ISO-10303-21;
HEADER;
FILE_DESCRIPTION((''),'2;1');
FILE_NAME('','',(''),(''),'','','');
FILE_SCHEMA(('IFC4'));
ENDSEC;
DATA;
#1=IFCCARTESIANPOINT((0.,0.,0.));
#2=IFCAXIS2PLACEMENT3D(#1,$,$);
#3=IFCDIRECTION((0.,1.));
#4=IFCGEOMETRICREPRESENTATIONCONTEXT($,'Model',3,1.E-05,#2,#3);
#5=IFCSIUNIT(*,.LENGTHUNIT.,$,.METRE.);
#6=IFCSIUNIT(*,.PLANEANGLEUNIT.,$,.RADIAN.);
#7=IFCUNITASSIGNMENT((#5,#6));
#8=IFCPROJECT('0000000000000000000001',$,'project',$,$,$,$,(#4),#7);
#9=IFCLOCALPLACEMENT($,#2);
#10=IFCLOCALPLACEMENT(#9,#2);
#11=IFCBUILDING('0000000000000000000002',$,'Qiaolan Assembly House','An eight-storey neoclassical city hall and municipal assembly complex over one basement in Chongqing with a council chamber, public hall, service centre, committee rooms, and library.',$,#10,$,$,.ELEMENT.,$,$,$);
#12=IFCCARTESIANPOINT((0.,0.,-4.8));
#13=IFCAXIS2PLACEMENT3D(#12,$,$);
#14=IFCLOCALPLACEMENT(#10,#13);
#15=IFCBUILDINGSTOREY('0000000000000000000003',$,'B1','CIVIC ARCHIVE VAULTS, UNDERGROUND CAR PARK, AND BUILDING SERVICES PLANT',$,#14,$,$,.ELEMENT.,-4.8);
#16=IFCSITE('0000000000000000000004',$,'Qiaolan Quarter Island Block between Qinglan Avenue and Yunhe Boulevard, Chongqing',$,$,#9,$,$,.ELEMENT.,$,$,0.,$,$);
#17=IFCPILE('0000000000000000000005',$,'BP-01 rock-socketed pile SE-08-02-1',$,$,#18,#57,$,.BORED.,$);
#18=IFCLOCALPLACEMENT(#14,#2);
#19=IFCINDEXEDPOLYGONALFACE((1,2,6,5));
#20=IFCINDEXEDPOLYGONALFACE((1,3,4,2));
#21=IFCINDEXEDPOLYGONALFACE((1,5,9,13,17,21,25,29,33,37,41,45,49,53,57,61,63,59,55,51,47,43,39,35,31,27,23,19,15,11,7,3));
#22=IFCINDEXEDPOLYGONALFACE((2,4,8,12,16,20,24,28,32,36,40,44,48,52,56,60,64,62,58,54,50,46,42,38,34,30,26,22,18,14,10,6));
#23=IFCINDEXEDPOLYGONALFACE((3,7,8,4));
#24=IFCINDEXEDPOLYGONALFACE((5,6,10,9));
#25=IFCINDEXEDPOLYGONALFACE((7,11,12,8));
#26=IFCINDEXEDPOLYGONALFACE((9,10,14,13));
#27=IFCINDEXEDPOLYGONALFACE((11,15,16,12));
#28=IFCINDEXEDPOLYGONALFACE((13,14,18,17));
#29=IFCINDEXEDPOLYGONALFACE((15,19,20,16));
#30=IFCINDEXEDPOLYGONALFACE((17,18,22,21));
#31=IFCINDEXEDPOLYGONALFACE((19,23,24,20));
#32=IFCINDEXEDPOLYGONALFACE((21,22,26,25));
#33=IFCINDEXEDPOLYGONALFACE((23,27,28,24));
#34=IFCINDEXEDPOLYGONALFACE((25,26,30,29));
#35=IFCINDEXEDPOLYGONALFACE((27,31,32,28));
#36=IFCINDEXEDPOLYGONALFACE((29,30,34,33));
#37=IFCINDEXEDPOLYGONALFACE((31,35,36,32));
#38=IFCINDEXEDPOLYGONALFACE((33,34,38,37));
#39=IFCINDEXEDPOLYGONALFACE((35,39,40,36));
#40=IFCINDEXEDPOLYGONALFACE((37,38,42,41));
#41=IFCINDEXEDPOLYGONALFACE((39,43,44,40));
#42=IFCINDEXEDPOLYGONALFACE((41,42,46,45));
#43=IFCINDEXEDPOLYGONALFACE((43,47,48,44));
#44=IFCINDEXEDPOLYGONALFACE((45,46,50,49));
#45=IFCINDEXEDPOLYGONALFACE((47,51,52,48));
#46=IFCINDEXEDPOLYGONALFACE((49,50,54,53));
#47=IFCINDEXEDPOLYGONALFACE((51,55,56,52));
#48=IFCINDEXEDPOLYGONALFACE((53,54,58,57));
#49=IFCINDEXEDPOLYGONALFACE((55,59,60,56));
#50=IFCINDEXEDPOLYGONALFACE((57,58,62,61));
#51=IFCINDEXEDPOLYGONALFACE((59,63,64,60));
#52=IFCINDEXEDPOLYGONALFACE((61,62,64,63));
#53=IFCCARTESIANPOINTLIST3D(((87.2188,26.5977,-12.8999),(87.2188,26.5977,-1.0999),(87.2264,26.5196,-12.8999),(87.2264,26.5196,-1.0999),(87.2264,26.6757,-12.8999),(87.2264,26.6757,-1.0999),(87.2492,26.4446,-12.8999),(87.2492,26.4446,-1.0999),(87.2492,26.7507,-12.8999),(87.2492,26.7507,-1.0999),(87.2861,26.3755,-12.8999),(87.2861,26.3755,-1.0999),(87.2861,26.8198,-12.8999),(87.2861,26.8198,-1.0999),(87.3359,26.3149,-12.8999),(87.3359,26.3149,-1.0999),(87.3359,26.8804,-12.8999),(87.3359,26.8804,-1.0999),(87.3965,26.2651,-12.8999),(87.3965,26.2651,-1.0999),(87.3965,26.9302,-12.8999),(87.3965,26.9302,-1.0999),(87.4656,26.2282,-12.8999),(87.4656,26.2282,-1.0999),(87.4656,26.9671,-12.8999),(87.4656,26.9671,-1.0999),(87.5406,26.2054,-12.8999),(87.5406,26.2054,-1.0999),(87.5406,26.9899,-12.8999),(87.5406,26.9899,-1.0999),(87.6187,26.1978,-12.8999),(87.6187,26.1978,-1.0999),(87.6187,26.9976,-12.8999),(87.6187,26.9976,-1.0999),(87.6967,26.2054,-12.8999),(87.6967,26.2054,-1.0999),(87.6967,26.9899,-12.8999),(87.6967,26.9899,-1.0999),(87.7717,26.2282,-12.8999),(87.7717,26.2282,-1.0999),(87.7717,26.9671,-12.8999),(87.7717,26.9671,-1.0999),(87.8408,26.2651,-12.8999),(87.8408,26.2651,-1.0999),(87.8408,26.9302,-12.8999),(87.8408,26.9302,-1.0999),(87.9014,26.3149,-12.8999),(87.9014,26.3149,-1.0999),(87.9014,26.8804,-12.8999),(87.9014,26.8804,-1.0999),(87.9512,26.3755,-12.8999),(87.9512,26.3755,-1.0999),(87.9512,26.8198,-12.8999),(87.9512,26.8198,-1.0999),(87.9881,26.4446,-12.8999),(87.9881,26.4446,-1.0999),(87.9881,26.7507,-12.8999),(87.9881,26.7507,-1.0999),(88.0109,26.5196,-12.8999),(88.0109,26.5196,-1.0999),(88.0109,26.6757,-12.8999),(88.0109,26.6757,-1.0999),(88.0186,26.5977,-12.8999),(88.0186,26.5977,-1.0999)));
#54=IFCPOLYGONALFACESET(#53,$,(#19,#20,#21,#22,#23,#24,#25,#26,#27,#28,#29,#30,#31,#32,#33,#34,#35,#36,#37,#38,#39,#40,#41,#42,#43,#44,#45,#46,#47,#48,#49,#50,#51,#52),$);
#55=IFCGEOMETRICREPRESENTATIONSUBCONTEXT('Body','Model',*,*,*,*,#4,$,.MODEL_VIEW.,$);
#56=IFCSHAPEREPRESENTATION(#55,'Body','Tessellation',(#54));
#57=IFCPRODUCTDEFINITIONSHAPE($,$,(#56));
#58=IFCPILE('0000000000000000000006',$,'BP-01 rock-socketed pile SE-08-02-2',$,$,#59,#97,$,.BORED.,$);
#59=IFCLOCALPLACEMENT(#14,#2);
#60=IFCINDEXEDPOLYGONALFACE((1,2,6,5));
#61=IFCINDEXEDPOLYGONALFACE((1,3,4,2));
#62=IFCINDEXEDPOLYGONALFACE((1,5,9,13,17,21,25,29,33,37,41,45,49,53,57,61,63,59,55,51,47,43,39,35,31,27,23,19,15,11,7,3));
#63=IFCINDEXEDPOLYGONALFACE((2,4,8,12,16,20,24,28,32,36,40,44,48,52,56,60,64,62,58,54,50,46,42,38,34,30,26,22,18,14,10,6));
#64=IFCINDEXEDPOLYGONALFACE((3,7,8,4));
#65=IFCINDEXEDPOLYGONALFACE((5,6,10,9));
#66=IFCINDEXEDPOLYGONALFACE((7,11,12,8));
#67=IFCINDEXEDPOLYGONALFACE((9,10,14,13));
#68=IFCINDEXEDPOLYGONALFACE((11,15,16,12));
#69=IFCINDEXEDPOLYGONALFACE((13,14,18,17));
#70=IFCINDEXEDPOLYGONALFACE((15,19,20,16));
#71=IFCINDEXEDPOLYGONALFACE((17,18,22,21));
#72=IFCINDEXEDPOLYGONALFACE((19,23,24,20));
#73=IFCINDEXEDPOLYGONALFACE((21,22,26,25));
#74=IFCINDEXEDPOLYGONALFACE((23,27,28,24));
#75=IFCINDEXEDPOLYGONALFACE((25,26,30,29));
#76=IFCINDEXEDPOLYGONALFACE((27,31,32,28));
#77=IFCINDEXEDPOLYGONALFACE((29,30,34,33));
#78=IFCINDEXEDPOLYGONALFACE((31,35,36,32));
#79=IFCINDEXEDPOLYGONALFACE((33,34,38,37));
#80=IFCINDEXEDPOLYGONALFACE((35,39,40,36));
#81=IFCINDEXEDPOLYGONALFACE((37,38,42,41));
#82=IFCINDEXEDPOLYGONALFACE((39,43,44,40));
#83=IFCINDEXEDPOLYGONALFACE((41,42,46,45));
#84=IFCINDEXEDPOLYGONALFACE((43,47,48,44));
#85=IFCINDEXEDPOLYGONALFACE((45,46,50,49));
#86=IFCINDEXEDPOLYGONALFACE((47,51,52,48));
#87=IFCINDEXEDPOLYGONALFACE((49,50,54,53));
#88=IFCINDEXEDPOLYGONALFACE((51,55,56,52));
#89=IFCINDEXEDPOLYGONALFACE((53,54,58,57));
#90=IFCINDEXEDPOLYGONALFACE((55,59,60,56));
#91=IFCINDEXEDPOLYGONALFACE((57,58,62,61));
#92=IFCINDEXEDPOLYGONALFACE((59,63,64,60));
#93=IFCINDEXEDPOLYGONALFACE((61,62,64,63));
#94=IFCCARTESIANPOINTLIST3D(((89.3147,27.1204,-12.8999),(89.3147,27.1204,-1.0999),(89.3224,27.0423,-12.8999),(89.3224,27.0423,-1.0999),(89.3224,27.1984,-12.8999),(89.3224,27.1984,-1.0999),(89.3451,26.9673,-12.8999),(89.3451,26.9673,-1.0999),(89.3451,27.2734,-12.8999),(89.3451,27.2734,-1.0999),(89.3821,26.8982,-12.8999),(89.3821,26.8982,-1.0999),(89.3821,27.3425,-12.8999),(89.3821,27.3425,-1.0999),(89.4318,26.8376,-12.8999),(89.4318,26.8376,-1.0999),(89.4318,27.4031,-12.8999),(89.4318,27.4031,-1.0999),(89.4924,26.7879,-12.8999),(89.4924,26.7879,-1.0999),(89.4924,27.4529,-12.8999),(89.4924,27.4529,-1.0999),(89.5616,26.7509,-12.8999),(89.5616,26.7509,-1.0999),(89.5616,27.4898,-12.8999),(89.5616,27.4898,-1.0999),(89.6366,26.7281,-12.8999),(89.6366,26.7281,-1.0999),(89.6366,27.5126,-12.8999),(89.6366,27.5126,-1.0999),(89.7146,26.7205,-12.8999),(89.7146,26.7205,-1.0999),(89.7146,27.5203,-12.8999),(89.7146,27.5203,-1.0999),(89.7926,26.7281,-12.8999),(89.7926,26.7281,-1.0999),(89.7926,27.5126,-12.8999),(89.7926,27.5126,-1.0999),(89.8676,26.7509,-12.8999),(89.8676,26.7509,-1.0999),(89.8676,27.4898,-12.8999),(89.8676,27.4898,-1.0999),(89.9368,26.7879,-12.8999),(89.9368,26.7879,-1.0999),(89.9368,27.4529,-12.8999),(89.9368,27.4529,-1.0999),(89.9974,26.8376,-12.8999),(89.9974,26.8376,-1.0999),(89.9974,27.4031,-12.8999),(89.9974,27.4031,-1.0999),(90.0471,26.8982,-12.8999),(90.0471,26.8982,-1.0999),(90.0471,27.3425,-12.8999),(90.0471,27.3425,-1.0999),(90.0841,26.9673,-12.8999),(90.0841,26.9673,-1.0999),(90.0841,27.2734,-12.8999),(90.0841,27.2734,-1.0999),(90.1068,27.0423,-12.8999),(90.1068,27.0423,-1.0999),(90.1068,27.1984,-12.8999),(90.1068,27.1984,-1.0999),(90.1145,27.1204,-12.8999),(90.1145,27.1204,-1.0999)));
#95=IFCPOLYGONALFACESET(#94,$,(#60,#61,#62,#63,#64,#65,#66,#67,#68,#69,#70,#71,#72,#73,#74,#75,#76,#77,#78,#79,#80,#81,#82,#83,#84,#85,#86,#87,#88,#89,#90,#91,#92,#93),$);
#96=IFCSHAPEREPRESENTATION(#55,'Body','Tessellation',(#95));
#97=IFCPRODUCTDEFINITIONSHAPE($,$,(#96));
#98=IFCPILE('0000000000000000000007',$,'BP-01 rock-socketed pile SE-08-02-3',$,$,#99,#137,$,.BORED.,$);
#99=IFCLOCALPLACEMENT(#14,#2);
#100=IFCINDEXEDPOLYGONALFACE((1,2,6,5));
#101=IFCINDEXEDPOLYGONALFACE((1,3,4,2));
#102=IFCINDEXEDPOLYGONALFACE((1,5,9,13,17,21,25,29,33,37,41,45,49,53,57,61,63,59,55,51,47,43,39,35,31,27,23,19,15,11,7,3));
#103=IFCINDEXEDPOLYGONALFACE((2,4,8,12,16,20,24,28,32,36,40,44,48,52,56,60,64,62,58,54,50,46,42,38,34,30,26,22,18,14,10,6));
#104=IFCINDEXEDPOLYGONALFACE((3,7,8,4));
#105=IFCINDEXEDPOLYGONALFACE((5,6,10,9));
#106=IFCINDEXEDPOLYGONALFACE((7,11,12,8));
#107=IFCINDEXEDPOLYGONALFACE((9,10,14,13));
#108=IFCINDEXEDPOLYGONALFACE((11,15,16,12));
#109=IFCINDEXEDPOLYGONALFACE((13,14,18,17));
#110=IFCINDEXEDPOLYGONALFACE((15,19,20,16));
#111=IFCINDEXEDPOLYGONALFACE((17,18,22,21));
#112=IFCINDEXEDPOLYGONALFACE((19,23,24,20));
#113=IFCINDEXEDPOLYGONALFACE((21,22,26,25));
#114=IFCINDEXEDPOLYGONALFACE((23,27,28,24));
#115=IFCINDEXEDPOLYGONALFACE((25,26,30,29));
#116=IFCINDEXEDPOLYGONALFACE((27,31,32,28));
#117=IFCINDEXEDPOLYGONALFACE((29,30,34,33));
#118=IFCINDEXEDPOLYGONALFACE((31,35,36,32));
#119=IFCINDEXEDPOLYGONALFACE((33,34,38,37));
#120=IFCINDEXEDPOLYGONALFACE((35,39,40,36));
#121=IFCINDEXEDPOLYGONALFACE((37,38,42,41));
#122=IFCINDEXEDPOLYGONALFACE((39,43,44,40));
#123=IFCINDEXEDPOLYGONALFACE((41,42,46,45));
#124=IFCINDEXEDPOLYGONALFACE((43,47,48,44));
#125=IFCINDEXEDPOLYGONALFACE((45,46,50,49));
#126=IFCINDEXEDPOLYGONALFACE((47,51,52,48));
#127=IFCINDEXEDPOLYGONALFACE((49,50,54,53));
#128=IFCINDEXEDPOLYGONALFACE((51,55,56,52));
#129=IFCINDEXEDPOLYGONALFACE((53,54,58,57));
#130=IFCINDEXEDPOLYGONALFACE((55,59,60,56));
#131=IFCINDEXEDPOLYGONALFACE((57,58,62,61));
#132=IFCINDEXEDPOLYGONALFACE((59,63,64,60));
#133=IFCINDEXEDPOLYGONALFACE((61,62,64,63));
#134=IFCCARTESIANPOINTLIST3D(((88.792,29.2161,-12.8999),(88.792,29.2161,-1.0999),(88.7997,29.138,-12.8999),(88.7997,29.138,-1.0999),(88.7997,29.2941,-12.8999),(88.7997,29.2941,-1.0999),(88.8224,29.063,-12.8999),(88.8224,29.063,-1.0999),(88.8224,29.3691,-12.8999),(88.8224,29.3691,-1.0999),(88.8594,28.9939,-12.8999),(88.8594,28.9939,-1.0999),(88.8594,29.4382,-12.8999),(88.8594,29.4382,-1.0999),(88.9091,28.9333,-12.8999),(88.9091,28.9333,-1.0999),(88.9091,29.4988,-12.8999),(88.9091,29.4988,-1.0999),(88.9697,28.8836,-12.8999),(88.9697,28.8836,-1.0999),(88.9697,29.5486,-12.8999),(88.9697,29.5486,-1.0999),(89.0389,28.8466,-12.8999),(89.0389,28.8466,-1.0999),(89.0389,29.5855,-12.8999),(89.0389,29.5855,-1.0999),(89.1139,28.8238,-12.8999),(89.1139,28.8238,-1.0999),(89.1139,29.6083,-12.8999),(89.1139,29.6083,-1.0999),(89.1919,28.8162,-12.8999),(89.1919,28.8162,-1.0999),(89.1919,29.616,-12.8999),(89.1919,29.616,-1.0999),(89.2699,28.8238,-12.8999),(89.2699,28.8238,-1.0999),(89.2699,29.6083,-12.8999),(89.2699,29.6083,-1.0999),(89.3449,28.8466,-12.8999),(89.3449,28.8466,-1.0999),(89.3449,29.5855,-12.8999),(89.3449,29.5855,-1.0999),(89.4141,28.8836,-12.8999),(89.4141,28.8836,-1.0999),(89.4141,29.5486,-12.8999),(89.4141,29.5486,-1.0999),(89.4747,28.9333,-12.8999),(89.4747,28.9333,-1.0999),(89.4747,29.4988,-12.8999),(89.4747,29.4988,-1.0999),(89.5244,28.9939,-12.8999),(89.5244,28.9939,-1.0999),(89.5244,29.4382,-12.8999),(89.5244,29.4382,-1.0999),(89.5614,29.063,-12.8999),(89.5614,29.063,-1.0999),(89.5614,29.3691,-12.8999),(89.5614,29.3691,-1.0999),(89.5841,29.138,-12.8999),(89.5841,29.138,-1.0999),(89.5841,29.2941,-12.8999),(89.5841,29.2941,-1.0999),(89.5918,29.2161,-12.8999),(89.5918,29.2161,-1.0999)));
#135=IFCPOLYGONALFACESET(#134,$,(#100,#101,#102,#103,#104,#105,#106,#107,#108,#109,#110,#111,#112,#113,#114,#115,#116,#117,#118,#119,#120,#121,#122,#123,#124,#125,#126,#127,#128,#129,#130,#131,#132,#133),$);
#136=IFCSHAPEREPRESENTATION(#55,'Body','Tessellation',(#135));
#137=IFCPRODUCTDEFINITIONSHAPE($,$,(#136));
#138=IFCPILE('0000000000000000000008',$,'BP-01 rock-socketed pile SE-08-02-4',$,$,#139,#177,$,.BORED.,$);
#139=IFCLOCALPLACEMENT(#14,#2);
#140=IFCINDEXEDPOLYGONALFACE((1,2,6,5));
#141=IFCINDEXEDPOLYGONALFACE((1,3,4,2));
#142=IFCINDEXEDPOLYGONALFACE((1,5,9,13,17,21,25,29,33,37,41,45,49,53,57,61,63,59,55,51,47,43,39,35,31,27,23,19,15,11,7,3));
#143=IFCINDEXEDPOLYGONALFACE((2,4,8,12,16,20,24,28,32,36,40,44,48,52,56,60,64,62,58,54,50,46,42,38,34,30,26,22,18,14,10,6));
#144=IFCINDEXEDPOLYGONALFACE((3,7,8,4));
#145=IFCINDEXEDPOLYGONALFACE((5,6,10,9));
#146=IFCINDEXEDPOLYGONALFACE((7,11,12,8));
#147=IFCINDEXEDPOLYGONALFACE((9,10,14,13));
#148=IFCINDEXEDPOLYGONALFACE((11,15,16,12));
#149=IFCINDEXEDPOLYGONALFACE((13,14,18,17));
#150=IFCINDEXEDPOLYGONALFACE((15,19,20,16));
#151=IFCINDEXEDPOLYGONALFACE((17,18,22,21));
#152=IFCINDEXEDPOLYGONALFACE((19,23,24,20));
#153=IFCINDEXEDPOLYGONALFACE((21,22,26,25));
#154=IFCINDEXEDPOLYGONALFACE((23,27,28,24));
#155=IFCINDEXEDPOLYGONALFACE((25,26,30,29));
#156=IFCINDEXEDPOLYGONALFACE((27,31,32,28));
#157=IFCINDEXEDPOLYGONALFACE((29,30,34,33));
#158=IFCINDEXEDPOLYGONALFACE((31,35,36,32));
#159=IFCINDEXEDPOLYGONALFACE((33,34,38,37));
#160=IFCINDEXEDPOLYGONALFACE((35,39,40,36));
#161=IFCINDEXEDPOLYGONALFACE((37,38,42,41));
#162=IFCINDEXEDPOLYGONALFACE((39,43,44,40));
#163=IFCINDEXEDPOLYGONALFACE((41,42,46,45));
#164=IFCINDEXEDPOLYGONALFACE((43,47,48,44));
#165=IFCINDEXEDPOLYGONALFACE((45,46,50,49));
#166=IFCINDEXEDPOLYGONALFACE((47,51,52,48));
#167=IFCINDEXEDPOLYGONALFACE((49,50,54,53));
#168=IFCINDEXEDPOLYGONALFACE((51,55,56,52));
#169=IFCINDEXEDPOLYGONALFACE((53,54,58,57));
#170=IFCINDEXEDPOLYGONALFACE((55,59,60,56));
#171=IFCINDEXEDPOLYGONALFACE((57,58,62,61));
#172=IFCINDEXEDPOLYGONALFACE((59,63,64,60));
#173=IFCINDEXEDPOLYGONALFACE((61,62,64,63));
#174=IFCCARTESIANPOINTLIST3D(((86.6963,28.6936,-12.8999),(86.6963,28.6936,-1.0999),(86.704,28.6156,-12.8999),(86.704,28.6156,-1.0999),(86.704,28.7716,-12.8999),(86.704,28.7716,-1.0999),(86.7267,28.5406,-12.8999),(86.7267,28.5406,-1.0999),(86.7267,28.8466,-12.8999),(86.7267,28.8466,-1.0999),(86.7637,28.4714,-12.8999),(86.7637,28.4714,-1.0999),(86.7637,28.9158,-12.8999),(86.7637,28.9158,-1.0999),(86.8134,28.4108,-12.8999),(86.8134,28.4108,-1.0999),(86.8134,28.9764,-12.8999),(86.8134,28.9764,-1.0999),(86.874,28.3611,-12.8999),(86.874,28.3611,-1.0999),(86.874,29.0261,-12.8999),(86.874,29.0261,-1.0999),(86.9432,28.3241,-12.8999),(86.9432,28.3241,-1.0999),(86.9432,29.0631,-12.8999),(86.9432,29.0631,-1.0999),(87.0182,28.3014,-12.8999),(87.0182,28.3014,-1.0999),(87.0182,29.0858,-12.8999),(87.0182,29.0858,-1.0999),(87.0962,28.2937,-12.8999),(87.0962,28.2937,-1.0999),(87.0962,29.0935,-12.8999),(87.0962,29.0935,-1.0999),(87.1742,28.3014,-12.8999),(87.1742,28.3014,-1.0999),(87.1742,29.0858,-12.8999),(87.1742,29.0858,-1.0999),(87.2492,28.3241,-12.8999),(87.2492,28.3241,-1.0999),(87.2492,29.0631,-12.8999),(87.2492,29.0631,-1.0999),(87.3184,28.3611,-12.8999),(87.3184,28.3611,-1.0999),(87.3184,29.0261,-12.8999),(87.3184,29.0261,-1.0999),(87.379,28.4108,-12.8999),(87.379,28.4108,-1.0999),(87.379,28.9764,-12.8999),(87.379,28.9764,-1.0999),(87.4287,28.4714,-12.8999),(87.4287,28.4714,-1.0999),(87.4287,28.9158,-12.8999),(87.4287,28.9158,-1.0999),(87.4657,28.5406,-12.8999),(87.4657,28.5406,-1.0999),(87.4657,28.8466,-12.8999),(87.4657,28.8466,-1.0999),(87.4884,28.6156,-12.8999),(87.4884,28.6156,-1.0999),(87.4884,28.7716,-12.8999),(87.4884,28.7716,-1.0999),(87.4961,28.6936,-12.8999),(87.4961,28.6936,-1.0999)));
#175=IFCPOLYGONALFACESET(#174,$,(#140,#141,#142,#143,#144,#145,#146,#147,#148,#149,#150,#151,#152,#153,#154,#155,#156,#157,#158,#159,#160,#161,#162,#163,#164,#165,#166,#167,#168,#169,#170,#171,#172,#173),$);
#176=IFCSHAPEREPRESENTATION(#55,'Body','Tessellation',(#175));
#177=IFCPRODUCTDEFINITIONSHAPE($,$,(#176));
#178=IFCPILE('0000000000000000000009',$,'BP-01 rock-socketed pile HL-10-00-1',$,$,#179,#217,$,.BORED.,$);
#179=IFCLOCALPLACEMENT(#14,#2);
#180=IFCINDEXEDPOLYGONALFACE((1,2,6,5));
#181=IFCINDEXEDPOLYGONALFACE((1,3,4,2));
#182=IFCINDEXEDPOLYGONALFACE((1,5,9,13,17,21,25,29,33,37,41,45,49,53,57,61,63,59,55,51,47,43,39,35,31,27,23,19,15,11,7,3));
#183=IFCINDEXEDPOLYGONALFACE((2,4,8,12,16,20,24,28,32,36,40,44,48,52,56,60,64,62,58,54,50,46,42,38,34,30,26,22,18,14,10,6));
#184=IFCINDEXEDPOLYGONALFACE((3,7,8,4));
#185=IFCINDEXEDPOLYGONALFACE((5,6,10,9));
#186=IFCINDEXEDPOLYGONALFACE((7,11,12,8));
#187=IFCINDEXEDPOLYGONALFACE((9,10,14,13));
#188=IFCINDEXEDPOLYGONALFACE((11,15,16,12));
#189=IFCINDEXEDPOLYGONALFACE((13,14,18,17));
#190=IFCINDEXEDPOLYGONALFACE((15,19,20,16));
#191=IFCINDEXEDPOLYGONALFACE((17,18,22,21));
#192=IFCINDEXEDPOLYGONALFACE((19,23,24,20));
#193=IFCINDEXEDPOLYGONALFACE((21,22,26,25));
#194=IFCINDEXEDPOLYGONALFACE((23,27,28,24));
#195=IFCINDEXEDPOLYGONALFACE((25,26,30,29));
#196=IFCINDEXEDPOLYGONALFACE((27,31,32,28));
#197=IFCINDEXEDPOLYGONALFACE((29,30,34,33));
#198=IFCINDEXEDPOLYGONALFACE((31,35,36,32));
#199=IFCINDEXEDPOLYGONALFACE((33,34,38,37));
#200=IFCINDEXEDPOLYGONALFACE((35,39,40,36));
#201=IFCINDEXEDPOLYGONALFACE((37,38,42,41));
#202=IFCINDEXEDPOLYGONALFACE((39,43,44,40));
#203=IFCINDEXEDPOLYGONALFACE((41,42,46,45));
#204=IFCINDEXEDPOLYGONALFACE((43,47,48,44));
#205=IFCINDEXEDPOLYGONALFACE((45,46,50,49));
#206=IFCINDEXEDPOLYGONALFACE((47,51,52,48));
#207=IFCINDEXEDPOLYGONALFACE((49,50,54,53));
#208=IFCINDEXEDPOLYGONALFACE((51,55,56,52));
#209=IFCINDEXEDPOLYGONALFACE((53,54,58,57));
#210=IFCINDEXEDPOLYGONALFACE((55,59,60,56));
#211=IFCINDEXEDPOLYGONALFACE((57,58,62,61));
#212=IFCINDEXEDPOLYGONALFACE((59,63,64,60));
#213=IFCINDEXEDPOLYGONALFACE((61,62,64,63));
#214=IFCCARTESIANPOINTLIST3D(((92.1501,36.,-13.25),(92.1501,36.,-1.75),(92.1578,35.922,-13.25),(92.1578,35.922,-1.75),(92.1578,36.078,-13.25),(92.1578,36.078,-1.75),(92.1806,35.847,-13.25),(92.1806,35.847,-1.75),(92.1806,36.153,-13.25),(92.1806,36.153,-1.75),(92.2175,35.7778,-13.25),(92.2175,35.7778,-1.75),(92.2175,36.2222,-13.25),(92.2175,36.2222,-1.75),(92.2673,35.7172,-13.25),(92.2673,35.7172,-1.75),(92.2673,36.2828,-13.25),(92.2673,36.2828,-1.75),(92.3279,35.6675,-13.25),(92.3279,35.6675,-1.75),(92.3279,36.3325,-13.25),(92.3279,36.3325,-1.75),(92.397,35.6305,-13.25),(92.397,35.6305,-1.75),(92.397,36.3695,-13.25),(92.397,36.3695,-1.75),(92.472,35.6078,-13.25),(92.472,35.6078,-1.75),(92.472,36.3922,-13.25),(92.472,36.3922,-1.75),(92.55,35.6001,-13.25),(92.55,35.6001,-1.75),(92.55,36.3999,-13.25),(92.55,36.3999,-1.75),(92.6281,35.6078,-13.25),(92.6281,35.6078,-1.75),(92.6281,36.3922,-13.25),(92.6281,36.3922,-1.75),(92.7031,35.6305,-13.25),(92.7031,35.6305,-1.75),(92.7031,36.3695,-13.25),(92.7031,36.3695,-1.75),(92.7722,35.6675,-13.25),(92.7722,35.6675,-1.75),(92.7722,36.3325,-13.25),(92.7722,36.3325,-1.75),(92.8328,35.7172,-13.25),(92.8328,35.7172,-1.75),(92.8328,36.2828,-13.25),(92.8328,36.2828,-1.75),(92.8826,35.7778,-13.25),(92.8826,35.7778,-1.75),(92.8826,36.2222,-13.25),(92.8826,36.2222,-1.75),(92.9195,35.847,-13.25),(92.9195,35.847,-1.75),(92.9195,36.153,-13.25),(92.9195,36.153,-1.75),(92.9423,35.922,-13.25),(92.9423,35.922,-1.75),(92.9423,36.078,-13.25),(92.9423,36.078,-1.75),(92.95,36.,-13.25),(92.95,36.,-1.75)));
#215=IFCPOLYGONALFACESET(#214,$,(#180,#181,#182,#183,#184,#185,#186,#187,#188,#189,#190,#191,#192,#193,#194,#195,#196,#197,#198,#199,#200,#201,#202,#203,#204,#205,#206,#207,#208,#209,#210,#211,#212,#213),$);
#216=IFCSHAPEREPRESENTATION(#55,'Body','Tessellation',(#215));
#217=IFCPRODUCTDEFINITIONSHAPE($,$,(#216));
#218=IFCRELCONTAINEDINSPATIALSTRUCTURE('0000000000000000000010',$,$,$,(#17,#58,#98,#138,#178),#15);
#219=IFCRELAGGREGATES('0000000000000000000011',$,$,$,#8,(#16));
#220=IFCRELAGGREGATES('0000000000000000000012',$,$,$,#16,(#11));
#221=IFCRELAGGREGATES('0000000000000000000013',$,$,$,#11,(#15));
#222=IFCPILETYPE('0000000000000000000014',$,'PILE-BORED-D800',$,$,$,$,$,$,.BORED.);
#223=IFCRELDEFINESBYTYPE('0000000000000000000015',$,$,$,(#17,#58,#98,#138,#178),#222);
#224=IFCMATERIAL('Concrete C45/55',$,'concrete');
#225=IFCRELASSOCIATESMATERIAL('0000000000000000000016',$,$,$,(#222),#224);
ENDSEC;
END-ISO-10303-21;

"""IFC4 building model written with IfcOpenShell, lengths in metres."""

from ifc_helpers import new_model, si_unit, direction, frame, origin, origin_2d, place, context, subcontext, project, spatial, circle, extrude, material, material_profile, profile_set, type_object, element, save


model = new_model("IFC4")

# Units and contexts
model_context = context("Model", 3, precision=1e-05, world=origin(), true_north=direction((0.0, 1.0)))
body_context = subcontext(model_context, "Body", "Model", "MODEL_VIEW")
ifc_project = project(units=[si_unit("LENGTHUNIT", "METRE"), si_unit("PLANEANGLEUNIT", "RADIAN")], contexts=[model_context])

# Site, building, storey
site_placement = place(None, origin())
site = spatial("IfcSite", under=ifc_project, at=site_placement, Name="Qiaolan Quarter Island Block between Qinglan Avenue and Yunhe Boulevard, Chongqing", CompositionType="ELEMENT", RefElevation=0.0)
building_placement = place(site_placement, origin())
building = spatial("IfcBuilding", under=site, at=building_placement, Name="Qiaolan Assembly House", Description="An eight-storey neoclassical city hall and municipal assembly complex over one basement in Chongqing with a council chamber, public hall, service centre, committee rooms, and library.", CompositionType="ELEMENT")
storey_placement = place(building_placement, frame((0.0, 0.0, -4.8)))
storey = spatial("IfcBuildingStorey", under=building, at=storey_placement, Name="B1", Description="CIVIC ARCHIVE VAULTS, UNDERGROUND CAR PARK, AND BUILDING SERVICES PLANT", CompositionType="ELEMENT", Elevation=-4.8)

# Piles
ifc_material_1 = material(Name="Concrete C45/55", Category="concrete")
ifc_material_profile_1 = material_profile(ifc_material_1, circle(Radius=0.3999, at=origin_2d()), Name="PILE D800")
ifc_profile_set_1 = profile_set([ifc_material_profile_1], Name="Concrete C45/55")
pile_type_1 = type_object("IfcPileType", Name="PILE-BORED-D800", PredefinedType="BORED", material=ifc_profile_set_1)
for number, where, z_axis, x_axis, name in (
    (1, (87.6187, 26.5977, -1.0999), (0.0, 0.0, -1.0), (1.0, 0.0, 0.0), "BP-01 rock-socketed pile SE-08-02-1"),
    (2, (89.7146, 27.1204, -1.0999), (0.0, 0.0, -1.0), (1.0, 0.0, 0.0), "BP-01 rock-socketed pile SE-08-02-2"),
    (3, (89.1919, 29.2161, -1.0999), (0.0, 0.0, -1.0), (1.0, 0.0, 0.0), "BP-01 rock-socketed pile SE-08-02-3"),
    (4, (87.0962, 28.6936, -1.0999), (0.0, 0.0, -1.0), (1.0, 0.0, 0.0), "BP-01 rock-socketed pile SE-08-02-4"),
):
    element("IfcPile", number, at=place(storey_placement, frame(where, z_axis=z_axis, x_axis=x_axis)), inside=storey, type_object=pile_type_1, Name=name, PredefinedType="BORED", context=body_context, shape_type="SweptSolid", body=[
        extrude(circle(Radius=0.3999, at=origin_2d()), origin(), (0.0, 0.0, 1.0), 11.8),
    ])
pile_1_placement = place(storey_placement, frame((92.55, 36.0, -1.75), z_axis=(0.0, 0.0, -1.0), x_axis=(1.0, 0.0, 0.0)))
element("IfcPile", 5, at=pile_1_placement, inside=storey, type_object=pile_type_1, Name="BP-01 rock-socketed pile HL-10-00-1", PredefinedType="BORED", context=body_context, shape_type="SweptSolid", body=[
    extrude(circle(Radius=0.3999, at=origin_2d()), origin(), (0.0, 0.0, 1.0), 11.5),
])

save(model, "model.ifc")
